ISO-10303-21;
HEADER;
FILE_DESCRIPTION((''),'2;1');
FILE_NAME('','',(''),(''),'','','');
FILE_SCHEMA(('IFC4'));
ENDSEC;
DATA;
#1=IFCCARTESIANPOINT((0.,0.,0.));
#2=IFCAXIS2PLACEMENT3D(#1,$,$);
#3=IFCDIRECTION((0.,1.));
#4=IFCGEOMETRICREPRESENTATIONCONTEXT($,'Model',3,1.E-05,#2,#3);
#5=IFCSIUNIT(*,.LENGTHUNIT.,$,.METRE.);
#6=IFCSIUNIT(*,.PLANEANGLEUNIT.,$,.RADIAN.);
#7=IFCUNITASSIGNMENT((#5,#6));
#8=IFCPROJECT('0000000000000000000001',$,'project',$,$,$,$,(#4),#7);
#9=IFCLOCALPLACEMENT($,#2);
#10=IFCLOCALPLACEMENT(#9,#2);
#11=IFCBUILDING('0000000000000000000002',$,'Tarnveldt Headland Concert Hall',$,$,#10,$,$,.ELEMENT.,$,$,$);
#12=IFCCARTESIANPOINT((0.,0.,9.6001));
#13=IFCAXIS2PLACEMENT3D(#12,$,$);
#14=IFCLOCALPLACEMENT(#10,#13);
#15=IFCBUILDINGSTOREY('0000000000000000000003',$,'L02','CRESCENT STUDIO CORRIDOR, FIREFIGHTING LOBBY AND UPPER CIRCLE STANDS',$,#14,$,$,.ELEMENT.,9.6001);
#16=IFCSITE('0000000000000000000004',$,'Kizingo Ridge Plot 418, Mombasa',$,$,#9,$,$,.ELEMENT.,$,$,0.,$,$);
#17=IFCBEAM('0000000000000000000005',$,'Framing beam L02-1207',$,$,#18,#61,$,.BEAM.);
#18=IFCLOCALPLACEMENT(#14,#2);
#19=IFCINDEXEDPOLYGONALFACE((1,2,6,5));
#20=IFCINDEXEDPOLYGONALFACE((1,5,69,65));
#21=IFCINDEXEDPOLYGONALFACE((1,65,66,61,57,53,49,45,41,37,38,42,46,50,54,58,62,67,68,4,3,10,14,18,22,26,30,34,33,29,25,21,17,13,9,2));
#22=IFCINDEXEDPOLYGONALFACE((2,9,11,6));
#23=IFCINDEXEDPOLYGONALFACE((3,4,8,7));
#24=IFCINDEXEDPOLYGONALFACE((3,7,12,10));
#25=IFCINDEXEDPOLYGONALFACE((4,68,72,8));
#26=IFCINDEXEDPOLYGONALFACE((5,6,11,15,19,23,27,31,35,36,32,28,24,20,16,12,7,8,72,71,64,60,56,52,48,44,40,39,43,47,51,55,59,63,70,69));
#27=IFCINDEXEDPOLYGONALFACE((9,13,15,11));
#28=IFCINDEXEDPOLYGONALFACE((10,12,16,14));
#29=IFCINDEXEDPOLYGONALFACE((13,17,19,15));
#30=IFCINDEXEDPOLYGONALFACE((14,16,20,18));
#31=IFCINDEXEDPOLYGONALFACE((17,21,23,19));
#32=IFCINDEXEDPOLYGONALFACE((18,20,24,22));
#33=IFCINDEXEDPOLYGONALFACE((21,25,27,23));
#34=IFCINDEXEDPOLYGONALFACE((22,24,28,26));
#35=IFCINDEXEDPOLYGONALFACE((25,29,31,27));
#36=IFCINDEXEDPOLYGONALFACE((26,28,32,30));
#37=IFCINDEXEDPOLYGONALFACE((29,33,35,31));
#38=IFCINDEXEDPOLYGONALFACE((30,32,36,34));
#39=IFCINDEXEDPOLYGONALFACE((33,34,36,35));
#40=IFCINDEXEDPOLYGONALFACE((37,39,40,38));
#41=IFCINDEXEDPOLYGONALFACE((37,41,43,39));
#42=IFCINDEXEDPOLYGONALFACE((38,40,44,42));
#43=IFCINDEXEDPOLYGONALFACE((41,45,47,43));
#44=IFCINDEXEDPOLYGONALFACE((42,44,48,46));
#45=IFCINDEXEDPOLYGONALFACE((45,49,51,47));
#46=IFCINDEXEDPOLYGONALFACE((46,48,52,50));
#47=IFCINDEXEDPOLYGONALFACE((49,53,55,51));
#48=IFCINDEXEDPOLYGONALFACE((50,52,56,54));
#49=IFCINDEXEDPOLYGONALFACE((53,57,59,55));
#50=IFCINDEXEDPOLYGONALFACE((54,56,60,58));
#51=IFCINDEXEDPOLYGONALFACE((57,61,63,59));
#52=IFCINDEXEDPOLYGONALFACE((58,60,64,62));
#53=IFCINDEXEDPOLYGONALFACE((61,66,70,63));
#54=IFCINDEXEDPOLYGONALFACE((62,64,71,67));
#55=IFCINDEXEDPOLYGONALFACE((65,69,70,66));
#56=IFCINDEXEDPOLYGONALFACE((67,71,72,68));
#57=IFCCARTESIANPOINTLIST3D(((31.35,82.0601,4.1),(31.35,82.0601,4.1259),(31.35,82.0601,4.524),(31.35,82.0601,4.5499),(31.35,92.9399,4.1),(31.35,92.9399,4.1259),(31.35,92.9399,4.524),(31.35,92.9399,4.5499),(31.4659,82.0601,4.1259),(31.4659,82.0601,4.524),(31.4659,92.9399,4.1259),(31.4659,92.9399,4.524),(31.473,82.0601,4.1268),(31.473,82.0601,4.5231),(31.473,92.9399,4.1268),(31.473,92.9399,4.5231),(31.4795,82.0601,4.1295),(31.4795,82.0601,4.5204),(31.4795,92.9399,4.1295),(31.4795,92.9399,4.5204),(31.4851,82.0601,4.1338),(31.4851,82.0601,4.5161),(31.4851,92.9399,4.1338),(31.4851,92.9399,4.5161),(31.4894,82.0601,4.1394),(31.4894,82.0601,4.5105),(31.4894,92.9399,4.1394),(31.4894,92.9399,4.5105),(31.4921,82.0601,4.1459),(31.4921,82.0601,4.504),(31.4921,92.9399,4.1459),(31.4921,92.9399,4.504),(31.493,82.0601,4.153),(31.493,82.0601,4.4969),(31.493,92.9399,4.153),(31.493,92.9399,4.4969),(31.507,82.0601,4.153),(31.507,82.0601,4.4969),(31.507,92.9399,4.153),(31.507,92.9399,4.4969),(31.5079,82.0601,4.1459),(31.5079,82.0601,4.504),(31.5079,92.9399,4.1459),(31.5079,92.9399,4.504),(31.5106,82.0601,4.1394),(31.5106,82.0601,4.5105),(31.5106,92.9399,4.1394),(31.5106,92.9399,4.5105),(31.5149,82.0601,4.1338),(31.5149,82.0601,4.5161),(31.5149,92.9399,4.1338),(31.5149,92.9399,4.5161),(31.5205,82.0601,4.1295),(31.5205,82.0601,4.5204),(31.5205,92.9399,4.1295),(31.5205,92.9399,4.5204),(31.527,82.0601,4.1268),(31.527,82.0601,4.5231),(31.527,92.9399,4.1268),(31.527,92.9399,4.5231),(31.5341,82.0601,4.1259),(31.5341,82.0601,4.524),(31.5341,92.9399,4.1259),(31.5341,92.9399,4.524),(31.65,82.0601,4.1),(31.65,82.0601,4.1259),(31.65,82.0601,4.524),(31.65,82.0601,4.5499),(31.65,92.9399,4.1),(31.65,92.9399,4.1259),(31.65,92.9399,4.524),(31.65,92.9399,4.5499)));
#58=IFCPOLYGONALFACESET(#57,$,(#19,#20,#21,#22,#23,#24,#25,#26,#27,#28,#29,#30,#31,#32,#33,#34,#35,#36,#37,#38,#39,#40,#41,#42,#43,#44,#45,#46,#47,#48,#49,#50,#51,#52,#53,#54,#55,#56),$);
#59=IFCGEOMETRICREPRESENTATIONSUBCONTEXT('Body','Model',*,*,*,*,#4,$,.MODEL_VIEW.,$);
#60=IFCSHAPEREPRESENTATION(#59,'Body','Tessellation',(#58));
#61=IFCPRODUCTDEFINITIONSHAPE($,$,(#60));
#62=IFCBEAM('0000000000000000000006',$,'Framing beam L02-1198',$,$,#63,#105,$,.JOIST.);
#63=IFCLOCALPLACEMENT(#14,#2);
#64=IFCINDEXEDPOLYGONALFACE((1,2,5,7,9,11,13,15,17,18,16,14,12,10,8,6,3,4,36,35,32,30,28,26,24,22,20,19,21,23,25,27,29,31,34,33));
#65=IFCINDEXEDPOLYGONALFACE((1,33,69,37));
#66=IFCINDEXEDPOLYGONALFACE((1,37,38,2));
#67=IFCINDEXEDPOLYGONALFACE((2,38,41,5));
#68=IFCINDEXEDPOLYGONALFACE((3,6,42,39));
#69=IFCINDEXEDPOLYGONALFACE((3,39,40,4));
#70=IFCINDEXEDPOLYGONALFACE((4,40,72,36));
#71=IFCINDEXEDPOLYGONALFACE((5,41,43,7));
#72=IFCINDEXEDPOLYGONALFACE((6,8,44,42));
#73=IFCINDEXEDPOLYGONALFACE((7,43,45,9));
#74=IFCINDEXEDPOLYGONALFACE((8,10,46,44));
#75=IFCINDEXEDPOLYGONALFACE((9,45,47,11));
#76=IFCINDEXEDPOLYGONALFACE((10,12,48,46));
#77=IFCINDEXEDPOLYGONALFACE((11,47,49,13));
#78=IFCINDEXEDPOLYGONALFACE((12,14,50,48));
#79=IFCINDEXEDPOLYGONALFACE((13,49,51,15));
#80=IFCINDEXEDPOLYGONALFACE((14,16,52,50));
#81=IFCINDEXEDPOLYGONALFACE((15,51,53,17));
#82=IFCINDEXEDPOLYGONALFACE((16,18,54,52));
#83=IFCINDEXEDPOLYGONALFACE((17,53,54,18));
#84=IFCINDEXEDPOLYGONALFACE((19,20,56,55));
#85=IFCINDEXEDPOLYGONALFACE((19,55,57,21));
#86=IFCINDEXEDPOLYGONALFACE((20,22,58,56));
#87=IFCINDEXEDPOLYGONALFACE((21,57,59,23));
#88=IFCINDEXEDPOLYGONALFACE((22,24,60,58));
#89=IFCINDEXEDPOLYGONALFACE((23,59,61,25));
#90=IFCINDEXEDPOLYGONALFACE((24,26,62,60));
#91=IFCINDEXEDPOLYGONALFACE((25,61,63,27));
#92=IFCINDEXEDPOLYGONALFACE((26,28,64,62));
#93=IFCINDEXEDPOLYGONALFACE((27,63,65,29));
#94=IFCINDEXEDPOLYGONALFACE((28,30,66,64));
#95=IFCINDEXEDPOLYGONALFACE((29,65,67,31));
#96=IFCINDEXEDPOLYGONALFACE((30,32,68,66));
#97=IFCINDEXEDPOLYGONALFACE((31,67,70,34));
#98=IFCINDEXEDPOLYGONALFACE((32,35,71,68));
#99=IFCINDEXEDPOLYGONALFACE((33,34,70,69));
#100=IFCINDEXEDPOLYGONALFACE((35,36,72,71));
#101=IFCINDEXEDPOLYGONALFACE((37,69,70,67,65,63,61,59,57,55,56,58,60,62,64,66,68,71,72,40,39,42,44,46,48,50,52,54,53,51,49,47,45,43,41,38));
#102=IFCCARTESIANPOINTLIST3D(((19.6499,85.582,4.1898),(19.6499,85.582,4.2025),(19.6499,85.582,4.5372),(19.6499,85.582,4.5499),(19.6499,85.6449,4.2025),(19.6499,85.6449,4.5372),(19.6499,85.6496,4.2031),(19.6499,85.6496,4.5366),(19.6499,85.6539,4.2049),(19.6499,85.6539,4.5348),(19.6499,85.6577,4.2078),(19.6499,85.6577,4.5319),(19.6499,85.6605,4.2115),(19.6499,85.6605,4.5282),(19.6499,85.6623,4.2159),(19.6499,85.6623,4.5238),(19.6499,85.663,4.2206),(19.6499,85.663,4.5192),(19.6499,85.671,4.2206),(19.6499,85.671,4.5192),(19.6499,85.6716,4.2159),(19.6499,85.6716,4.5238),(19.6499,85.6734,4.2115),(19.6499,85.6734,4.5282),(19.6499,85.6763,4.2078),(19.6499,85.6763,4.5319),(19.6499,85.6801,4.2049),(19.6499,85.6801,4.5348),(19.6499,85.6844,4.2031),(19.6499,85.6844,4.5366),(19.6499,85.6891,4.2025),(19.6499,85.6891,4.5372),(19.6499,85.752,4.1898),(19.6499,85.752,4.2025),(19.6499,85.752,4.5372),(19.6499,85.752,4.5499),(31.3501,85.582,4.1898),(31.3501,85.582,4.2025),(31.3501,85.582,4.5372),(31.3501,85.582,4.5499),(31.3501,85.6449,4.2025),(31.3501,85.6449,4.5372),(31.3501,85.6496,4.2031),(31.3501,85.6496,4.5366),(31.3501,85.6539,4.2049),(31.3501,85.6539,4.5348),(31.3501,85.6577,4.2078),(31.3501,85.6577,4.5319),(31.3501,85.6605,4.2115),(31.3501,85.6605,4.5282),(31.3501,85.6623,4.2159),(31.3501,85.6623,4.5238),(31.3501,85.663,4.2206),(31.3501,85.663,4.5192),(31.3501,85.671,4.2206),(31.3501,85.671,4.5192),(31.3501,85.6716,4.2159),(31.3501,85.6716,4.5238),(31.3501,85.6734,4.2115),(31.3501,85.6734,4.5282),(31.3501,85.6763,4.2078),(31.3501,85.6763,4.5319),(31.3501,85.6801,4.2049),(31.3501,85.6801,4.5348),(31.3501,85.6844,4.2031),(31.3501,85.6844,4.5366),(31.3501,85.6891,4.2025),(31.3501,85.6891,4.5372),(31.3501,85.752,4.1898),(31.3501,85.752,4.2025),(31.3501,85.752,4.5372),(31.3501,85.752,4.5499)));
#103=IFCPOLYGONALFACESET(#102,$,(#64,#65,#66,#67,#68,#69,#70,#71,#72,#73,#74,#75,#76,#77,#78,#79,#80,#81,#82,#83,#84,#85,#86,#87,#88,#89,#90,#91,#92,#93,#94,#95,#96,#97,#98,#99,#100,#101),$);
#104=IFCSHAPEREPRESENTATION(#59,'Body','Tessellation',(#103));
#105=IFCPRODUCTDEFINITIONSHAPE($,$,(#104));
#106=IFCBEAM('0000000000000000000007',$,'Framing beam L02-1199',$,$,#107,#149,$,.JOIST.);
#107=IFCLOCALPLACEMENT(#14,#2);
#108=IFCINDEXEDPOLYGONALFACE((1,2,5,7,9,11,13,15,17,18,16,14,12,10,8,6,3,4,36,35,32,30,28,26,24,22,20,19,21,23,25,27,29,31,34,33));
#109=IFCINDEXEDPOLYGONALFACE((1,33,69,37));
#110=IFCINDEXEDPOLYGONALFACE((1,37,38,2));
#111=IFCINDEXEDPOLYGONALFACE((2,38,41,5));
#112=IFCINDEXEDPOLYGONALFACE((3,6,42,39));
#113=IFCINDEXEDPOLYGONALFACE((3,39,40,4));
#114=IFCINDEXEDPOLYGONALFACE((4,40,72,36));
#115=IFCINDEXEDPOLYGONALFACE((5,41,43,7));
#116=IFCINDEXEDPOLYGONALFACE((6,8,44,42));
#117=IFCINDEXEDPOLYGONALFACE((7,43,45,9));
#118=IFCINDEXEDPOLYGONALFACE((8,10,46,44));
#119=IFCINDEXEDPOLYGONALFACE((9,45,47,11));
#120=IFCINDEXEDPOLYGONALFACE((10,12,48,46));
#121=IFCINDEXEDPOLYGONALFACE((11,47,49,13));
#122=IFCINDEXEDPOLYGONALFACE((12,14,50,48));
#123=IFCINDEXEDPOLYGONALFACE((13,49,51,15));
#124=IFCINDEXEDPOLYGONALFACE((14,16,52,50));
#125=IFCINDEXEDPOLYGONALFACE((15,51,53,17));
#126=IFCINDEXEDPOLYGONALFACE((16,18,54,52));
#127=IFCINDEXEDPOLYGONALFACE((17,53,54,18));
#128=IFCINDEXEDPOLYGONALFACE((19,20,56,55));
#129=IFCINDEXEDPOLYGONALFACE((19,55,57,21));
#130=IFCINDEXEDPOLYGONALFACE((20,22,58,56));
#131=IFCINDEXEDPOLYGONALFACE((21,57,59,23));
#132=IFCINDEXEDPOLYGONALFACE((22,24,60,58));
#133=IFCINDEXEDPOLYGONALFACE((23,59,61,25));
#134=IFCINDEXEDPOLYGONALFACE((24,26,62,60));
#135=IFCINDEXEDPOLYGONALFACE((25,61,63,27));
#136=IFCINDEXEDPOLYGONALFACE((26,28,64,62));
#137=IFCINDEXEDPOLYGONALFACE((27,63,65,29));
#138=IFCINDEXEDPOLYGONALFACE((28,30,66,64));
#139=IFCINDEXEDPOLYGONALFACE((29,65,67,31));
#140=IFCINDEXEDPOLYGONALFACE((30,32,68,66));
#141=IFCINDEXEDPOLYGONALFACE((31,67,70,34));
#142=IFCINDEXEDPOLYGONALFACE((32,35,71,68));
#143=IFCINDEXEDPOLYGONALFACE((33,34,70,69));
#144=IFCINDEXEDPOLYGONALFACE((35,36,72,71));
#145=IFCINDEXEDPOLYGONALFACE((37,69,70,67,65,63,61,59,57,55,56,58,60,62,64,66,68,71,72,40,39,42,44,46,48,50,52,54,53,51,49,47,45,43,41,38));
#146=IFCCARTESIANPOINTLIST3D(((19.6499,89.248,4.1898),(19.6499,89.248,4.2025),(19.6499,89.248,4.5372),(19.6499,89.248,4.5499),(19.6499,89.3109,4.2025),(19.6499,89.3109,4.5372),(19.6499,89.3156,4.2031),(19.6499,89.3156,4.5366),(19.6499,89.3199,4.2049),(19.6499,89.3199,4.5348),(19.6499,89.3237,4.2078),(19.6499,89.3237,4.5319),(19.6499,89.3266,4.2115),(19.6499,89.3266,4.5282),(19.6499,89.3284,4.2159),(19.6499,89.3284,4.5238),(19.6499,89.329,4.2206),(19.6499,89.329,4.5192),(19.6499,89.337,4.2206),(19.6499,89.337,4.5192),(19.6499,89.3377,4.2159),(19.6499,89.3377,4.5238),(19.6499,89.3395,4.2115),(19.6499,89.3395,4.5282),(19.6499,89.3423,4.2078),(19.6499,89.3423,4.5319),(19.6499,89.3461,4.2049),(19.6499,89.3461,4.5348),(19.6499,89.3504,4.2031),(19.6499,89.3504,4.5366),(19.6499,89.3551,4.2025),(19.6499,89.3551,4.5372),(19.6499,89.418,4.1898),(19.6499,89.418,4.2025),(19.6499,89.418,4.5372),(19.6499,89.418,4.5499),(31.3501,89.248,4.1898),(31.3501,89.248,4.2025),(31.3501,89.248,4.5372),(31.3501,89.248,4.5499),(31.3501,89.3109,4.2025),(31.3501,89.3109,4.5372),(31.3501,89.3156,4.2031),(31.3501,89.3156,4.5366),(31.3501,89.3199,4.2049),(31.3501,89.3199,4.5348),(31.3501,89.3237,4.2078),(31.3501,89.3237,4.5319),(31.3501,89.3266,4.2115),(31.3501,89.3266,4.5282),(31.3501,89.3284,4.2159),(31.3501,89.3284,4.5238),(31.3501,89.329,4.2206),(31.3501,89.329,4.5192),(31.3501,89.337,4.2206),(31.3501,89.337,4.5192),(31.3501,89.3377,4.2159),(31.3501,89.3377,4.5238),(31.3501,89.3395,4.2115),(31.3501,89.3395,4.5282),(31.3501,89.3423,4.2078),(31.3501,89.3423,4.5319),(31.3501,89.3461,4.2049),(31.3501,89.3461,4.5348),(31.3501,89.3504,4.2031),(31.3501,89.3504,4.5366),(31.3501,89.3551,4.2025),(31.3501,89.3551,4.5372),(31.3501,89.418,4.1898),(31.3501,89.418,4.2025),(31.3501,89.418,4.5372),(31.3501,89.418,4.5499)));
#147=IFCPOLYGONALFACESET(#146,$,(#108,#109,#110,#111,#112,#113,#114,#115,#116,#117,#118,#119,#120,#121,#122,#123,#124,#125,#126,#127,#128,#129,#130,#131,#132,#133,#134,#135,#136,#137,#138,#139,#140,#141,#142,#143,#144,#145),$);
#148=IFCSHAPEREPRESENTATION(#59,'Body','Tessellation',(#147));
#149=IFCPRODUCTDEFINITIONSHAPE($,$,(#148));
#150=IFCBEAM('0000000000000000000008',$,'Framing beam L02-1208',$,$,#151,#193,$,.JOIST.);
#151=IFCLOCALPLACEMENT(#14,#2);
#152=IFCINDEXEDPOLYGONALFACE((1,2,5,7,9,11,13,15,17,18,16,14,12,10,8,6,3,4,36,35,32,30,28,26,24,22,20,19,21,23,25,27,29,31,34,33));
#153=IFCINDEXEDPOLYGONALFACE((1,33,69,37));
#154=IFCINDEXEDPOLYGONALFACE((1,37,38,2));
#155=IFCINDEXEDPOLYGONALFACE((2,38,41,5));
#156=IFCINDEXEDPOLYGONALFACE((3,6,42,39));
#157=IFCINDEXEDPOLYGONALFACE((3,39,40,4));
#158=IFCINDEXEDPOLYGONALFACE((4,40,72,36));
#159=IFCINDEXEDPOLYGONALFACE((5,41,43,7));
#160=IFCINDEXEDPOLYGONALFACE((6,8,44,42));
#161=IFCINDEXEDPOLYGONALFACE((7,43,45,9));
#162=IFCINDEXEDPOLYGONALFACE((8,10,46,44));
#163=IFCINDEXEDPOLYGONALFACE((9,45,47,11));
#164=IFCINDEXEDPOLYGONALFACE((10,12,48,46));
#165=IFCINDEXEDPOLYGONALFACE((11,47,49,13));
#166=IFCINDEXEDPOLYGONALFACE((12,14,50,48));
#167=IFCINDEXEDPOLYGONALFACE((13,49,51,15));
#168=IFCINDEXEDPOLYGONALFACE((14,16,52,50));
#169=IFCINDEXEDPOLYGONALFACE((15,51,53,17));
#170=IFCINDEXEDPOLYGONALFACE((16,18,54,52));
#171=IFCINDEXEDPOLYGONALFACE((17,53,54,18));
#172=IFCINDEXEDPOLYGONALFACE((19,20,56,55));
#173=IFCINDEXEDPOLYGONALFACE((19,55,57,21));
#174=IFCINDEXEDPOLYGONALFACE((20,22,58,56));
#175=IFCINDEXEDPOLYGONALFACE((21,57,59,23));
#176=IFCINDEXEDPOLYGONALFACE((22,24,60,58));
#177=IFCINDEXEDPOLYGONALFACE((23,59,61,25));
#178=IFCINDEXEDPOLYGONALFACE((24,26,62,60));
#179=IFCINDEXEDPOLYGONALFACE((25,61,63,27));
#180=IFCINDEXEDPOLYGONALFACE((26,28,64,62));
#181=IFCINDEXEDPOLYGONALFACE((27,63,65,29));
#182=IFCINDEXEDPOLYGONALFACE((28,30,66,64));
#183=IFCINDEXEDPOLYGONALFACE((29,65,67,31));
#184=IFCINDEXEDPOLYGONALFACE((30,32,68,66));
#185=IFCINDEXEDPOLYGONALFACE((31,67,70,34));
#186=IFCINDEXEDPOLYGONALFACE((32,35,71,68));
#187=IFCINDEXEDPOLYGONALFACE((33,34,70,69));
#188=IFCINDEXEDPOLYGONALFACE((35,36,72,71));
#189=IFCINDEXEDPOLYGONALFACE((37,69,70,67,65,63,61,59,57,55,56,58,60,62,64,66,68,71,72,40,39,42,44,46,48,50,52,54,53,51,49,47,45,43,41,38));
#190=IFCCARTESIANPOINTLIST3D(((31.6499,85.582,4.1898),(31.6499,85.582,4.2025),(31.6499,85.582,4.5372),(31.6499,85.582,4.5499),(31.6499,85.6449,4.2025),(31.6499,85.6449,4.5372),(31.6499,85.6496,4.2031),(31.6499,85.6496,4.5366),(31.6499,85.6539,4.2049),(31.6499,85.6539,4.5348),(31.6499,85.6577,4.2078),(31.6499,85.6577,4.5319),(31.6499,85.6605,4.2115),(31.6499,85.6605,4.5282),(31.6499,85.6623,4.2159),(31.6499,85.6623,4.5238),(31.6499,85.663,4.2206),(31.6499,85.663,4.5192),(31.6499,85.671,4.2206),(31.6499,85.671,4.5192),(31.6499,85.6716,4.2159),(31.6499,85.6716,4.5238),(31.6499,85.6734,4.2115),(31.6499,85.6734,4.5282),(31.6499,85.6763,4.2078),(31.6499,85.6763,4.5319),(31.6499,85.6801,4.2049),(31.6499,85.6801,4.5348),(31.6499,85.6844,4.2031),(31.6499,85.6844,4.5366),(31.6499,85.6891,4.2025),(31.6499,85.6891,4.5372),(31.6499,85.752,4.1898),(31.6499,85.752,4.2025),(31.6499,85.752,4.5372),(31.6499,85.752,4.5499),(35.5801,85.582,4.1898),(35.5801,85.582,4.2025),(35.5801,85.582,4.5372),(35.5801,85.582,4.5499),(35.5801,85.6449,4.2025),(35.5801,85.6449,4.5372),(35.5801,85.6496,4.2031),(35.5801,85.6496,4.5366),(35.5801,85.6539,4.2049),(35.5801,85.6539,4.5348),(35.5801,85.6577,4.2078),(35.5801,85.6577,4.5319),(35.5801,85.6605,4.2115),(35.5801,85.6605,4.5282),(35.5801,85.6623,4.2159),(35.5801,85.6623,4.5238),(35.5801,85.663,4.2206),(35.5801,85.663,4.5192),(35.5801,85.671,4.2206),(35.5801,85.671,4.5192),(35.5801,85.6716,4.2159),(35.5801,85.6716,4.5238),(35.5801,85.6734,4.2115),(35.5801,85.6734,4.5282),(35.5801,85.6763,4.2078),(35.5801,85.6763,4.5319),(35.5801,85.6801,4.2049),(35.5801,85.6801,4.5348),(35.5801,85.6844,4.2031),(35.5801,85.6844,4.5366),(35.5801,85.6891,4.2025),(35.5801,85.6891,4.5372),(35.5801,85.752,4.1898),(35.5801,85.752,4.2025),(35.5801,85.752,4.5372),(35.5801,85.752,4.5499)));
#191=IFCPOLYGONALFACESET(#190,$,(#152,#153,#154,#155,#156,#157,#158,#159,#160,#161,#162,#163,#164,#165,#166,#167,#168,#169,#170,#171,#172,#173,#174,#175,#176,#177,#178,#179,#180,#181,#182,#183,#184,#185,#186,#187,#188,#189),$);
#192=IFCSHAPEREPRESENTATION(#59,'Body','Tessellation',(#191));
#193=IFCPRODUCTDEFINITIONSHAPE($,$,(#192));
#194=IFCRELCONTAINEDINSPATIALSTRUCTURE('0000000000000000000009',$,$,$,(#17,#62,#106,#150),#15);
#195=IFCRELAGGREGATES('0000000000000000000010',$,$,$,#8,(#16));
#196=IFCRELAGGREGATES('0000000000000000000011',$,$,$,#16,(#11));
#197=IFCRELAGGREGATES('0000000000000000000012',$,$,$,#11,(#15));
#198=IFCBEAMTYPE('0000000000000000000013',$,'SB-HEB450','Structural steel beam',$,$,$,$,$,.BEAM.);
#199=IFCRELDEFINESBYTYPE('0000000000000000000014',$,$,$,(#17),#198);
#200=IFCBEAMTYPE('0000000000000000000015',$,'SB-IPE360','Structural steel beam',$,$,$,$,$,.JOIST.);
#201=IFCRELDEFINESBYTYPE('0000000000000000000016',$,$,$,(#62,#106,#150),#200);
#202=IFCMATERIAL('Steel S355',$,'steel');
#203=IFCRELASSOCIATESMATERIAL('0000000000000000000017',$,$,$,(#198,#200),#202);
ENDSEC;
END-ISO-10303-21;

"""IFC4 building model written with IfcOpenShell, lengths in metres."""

from ifc_helpers import new_model, si_unit, direction, frame, origin, origin_2d, place, context, subcontext, project, spatial, i_section, extrude, material, material_profile, profile_set, type_object, element, save


model = new_model("IFC4")

# Units and contexts
model_context = context("Model", 3, precision=1e-05, world=origin(), true_north=direction((0.0, 1.0)))
body_context = subcontext(model_context, "Body", "Model", "MODEL_VIEW")
ifc_project = project(units=[si_unit("LENGTHUNIT", "METRE"), si_unit("PLANEANGLEUNIT", "RADIAN")], contexts=[model_context])

# Site, building, storey
site_placement = place(None, origin())
site = spatial("IfcSite", under=ifc_project, at=site_placement, Name="Kizingo Ridge Plot 418, Mombasa", CompositionType="ELEMENT", RefElevation=0.0)
building_placement = place(site_placement, origin())
building = spatial("IfcBuilding", under=site, at=building_placement, Name="Tarnveldt Headland Concert Hall", CompositionType="ELEMENT")
storey_placement = place(building_placement, frame((0.0, 0.0, 9.6001)))
storey = spatial("IfcBuildingStorey", under=building, at=storey_placement, Name="L02", Description="CRESCENT STUDIO CORRIDOR, FIREFIGHTING LOBBY AND UPPER CIRCLE STANDS", CompositionType="ELEMENT", Elevation=9.6001)

# Shared definitions
ifc_material_1 = material(Name="Steel S355", Category="steel")

# Beams
ifc_material_profile_1 = material_profile(ifc_material_1, i_section(OverallWidth=0.3, OverallDepth=0.45, WebThickness=0.0139, FlangeThickness=0.0259, FilletRadius=0.0271, at=origin_2d()), Name="HEB450", Category="steel")
ifc_profile_set_1 = profile_set([ifc_material_profile_1], Name="Steel S355")
beam_type_1 = type_object("IfcBeamType", Name="SB-HEB450", Description="Structural steel beam", PredefinedType="BEAM", material=ifc_profile_set_1)
beam_1_placement = place(storey_placement, frame((31.5, 82.0601, 4.325), z_axis=(0.0, 1.0, 0.0), x_axis=(-1.0, 0.0, 0.0)))
element("IfcBeam", 1, at=beam_1_placement, inside=storey, type_object=beam_type_1, Name="Framing beam L02-1207", PredefinedType="BEAM", context=body_context, shape_type="SweptSolid", body=[
    extrude(i_section(OverallWidth=0.3, OverallDepth=0.45, WebThickness=0.0139, FlangeThickness=0.0259, FilletRadius=0.0271, at=origin_2d()), origin(), (0.0, 0.0, 1.0), 10.8799),
])
ifc_material_profile_2 = material_profile(ifc_material_1, i_section(OverallWidth=0.1699, OverallDepth=0.3601, WebThickness=0.0081, FlangeThickness=0.0127, FilletRadius=0.0181, at=origin_2d()), Name="IPE360", Category="steel")
ifc_profile_set_2 = profile_set([ifc_material_profile_2], Name="Steel S355")
beam_type_2 = type_object("IfcBeamType", Name="SB-IPE360", Description="Structural steel beam", PredefinedType="JOIST", material=ifc_profile_set_2)
for number, where, z_axis, x_axis, name in (
    (2, (19.6499, 85.667, 4.3699), (1.0, 0.0, 0.0), (0.0, 1.0, 0.0), "Framing beam L02-1198"),
    (3, (19.6499, 89.333, 4.3699), (1.0, 0.0, 0.0), (0.0, 1.0, 0.0), "Framing beam L02-1199"),
):
    element("IfcBeam", number, at=place(storey_placement, frame(where, z_axis=z_axis, x_axis=x_axis)), inside=storey, type_object=beam_type_2, Name=name, PredefinedType="JOIST", context=body_context, shape_type="SweptSolid", body=[
        extrude(i_section(OverallWidth=0.1699, OverallDepth=0.3601, WebThickness=0.0081, FlangeThickness=0.0127, FilletRadius=0.0181, at=origin_2d()), origin(), (0.0, 0.0, 1.0), 11.7002),
    ])
beam_2_placement = place(storey_placement, frame((31.6499, 85.667, 4.3699), z_axis=(1.0, 0.0, 0.0), x_axis=(0.0, 1.0, 0.0)))
element("IfcBeam", 4, at=beam_2_placement, inside=storey, type_object=beam_type_2, Name="Framing beam L02-1208", PredefinedType="JOIST", context=body_context, shape_type="SweptSolid", body=[
    extrude(i_section(OverallWidth=0.1699, OverallDepth=0.3601, WebThickness=0.0081, FlangeThickness=0.0127, FilletRadius=0.0181, at=origin_2d()), origin(), (0.0, 0.0, 1.0), 3.9302),
])

save(model, "model.ifc")
